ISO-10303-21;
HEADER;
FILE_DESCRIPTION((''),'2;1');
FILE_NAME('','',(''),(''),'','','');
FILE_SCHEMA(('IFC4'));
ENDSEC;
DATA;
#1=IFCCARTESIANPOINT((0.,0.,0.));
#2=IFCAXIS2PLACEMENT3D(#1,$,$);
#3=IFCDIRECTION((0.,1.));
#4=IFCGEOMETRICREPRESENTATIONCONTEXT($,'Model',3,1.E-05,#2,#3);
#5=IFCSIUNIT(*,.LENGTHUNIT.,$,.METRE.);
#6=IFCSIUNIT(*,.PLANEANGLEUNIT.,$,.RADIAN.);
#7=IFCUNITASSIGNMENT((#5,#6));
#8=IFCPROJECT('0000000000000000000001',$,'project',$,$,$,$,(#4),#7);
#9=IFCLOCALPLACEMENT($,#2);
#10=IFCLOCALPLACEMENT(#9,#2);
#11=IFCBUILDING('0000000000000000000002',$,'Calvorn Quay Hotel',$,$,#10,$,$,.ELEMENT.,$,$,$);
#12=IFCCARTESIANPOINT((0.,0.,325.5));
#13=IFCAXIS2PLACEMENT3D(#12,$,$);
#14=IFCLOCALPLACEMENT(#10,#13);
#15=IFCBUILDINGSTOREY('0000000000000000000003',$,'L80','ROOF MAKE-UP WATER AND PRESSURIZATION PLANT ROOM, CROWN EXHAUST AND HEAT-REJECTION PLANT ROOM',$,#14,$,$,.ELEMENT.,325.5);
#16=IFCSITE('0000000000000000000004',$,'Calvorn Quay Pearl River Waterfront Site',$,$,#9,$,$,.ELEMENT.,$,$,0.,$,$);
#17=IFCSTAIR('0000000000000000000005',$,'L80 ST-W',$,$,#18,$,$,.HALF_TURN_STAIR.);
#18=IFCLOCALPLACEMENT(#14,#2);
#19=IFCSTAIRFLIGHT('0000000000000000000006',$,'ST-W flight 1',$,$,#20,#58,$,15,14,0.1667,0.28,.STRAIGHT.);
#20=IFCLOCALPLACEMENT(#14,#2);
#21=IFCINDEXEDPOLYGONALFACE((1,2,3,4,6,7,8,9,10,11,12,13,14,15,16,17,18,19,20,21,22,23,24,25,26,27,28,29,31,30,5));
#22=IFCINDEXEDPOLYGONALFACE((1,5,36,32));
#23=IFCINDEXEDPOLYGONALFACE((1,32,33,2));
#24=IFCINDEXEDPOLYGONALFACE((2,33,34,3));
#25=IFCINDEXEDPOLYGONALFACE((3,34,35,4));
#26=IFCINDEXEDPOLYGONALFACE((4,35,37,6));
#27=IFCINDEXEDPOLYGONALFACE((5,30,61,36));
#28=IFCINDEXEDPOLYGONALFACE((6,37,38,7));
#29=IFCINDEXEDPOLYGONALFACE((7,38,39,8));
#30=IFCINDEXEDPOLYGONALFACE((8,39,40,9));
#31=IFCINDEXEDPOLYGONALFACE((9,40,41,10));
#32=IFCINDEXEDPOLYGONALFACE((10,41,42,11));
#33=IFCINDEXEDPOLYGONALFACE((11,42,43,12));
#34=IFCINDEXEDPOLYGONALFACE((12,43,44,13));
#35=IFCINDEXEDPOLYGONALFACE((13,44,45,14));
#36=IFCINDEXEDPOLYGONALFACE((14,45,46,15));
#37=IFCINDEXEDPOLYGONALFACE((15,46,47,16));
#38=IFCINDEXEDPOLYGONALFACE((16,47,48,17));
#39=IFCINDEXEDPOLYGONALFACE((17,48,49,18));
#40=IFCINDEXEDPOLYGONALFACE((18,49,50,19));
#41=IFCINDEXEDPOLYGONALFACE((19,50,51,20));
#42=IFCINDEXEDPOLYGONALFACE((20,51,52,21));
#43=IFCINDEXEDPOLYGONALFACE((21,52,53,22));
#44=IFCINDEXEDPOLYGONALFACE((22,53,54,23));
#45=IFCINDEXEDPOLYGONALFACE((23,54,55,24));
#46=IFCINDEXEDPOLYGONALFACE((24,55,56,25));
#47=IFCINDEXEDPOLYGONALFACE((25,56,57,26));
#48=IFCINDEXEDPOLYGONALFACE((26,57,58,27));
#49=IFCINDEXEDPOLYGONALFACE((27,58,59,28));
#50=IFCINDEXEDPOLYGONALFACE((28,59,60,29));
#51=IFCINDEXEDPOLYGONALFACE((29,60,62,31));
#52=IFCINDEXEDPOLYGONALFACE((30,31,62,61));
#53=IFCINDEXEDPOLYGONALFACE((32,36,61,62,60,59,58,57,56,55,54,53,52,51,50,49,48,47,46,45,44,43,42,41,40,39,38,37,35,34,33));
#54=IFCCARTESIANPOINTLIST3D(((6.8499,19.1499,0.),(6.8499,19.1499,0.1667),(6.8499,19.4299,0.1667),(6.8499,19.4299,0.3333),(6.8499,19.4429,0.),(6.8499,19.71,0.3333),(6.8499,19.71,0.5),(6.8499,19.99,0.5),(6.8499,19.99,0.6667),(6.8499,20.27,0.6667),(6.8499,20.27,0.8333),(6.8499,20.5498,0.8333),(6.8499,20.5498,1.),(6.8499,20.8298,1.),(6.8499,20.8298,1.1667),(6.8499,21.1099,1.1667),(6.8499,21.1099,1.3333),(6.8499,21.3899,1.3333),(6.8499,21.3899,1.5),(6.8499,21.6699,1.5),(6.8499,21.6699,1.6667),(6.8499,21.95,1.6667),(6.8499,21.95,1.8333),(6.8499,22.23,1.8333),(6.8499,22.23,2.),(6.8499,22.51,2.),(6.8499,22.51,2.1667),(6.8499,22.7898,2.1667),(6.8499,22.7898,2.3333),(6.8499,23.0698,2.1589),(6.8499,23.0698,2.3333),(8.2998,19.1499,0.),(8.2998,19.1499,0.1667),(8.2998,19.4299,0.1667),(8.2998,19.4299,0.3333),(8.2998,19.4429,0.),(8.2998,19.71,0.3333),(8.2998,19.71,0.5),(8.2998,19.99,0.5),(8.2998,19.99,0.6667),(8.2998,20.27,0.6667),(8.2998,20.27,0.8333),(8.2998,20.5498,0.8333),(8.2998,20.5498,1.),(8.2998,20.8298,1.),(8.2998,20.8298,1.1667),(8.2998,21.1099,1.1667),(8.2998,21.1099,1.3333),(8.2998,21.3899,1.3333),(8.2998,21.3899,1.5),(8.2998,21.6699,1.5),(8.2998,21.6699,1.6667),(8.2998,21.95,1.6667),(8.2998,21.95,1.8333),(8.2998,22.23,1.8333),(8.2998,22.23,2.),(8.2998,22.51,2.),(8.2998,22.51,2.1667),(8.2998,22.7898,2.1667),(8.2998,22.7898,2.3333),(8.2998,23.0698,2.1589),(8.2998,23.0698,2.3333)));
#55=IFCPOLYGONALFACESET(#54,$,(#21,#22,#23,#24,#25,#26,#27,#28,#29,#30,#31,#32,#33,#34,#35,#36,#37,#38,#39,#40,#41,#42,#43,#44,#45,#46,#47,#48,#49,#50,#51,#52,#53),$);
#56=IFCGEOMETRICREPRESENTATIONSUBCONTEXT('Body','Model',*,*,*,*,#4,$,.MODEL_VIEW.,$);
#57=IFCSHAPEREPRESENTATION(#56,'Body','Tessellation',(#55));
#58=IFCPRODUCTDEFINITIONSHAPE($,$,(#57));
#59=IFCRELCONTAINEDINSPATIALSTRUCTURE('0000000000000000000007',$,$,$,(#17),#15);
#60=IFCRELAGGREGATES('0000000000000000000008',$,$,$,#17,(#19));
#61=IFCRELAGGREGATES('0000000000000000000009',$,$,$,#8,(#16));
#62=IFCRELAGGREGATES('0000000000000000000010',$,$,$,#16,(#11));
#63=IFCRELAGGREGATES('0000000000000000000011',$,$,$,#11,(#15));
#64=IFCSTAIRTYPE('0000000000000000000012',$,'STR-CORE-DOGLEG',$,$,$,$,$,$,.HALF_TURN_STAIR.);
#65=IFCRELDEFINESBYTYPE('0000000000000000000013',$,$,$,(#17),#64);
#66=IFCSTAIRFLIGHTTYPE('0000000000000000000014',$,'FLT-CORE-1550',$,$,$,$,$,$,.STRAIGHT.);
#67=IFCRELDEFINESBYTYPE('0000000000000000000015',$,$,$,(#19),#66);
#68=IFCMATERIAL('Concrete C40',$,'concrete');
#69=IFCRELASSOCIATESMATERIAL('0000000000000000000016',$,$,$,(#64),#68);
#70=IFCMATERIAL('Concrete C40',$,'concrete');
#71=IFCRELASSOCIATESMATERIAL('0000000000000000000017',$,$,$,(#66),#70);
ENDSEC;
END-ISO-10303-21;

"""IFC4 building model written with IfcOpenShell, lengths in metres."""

from ifc_helpers import new_model, si_unit, direction, frame, origin, place, context, subcontext, project, spatial, polyline, outline, extrude, material, type_object, element, aggregate, save


model = new_model("IFC4")

# Units and contexts
model_context = context("Model", 3, precision=1e-05, world=origin(), true_north=direction((0.0, 1.0)))
body_context = subcontext(model_context, "Body", "Model", "MODEL_VIEW")
ifc_project = project(units=[si_unit("LENGTHUNIT", "METRE"), si_unit("PLANEANGLEUNIT", "RADIAN")], contexts=[model_context])

# Site, building, storey
site_placement = place(None, origin())
site = spatial("IfcSite", under=ifc_project, at=site_placement, Name="Calvorn Quay Pearl River Waterfront Site", CompositionType="ELEMENT", RefElevation=0.0)
building_placement = place(site_placement, origin())
building = spatial("IfcBuilding", under=site, at=building_placement, Name="Calvorn Quay Hotel", CompositionType="ELEMENT")
storey_placement = place(building_placement, frame((0.0, 0.0, 325.5)))
storey = spatial("IfcBuildingStorey", under=building, at=storey_placement, Name="L80", Description="ROOF MAKE-UP WATER AND PRESSURIZATION PLANT ROOM, CROWN EXHAUST AND HEAT-REJECTION PLANT ROOM", CompositionType="ELEMENT", Elevation=325.5)

# Stair, stair flight
ifc_material_1 = material(Name="Concrete C40", Category="concrete")
stair_type = type_object("IfcStairType", Name="STR-CORE-DOGLEG", PredefinedType="HALF_TURN_STAIR", material=ifc_material_1)
stair_placement = place(storey_placement, origin())
stair = element("IfcStair", 1, at=stair_placement, inside=storey, type_object=stair_type, Name="L80 ST-W", PredefinedType="HALF_TURN_STAIR")
ifc_material_2 = material(Name="Concrete C40", Category="concrete")
stair_flight_type = type_object("IfcStairFlightType", Name="FLT-CORE-1550", PredefinedType="STRAIGHT", material=ifc_material_2)
stair_flight_placement = place(storey_placement, frame((7.575, 19.1499, 0.0), z_axis=(0.0, 0.0, 1.0), x_axis=(0.0, 1.0, 0.0)))
stair_flight = element("IfcStairFlight", 2, at=stair_flight_placement, type_object=stair_flight_type, Name="ST-W flight 1", NumberOfRisers=15, NumberOfTreads=14, PredefinedType="STRAIGHT", RiserHeight=0.1667, TreadLength=0.28, context=body_context, shape_type="SweptSolid", body=[
    extrude(outline(polyline([(0.0, 0.0), (0.0, 0.1667), (0.28, 0.1667), (0.28, 0.3333), (0.5601, 0.3333), (0.5601, 0.5), (0.8401, 0.5), (0.8401, 0.6667), (1.1201, 0.6667), (1.1201, 0.8333), (1.3999, 0.8333), (1.3999, 1.0), (1.6799, 1.0), (1.6799, 1.1667), (1.96, 1.1667), (1.96, 1.3333), (2.24, 1.3333), (2.24, 1.5), (2.52, 1.5), (2.52, 1.6667), (2.8, 1.6667), (2.8, 1.8333), (3.0801, 1.8333), (3.0801, 2.0), (3.3601, 2.0), (3.3601, 2.1667), (3.6399, 2.1667), (3.6399, 2.3333), (3.9199, 2.3333), (3.9199, 2.5), (3.9199, 2.1589), (0.293, 0.0), (0.0, 0.0)])), frame((0.0, 0.7251, 0.0), z_axis=(0.0, -1.0, 0.0), x_axis=(1.0, 0.0, 0.0)), (0.0, 0.0, 1.0), 1.45),
])
aggregate(stair, [stair_flight])

save(model, "model.ifc")
